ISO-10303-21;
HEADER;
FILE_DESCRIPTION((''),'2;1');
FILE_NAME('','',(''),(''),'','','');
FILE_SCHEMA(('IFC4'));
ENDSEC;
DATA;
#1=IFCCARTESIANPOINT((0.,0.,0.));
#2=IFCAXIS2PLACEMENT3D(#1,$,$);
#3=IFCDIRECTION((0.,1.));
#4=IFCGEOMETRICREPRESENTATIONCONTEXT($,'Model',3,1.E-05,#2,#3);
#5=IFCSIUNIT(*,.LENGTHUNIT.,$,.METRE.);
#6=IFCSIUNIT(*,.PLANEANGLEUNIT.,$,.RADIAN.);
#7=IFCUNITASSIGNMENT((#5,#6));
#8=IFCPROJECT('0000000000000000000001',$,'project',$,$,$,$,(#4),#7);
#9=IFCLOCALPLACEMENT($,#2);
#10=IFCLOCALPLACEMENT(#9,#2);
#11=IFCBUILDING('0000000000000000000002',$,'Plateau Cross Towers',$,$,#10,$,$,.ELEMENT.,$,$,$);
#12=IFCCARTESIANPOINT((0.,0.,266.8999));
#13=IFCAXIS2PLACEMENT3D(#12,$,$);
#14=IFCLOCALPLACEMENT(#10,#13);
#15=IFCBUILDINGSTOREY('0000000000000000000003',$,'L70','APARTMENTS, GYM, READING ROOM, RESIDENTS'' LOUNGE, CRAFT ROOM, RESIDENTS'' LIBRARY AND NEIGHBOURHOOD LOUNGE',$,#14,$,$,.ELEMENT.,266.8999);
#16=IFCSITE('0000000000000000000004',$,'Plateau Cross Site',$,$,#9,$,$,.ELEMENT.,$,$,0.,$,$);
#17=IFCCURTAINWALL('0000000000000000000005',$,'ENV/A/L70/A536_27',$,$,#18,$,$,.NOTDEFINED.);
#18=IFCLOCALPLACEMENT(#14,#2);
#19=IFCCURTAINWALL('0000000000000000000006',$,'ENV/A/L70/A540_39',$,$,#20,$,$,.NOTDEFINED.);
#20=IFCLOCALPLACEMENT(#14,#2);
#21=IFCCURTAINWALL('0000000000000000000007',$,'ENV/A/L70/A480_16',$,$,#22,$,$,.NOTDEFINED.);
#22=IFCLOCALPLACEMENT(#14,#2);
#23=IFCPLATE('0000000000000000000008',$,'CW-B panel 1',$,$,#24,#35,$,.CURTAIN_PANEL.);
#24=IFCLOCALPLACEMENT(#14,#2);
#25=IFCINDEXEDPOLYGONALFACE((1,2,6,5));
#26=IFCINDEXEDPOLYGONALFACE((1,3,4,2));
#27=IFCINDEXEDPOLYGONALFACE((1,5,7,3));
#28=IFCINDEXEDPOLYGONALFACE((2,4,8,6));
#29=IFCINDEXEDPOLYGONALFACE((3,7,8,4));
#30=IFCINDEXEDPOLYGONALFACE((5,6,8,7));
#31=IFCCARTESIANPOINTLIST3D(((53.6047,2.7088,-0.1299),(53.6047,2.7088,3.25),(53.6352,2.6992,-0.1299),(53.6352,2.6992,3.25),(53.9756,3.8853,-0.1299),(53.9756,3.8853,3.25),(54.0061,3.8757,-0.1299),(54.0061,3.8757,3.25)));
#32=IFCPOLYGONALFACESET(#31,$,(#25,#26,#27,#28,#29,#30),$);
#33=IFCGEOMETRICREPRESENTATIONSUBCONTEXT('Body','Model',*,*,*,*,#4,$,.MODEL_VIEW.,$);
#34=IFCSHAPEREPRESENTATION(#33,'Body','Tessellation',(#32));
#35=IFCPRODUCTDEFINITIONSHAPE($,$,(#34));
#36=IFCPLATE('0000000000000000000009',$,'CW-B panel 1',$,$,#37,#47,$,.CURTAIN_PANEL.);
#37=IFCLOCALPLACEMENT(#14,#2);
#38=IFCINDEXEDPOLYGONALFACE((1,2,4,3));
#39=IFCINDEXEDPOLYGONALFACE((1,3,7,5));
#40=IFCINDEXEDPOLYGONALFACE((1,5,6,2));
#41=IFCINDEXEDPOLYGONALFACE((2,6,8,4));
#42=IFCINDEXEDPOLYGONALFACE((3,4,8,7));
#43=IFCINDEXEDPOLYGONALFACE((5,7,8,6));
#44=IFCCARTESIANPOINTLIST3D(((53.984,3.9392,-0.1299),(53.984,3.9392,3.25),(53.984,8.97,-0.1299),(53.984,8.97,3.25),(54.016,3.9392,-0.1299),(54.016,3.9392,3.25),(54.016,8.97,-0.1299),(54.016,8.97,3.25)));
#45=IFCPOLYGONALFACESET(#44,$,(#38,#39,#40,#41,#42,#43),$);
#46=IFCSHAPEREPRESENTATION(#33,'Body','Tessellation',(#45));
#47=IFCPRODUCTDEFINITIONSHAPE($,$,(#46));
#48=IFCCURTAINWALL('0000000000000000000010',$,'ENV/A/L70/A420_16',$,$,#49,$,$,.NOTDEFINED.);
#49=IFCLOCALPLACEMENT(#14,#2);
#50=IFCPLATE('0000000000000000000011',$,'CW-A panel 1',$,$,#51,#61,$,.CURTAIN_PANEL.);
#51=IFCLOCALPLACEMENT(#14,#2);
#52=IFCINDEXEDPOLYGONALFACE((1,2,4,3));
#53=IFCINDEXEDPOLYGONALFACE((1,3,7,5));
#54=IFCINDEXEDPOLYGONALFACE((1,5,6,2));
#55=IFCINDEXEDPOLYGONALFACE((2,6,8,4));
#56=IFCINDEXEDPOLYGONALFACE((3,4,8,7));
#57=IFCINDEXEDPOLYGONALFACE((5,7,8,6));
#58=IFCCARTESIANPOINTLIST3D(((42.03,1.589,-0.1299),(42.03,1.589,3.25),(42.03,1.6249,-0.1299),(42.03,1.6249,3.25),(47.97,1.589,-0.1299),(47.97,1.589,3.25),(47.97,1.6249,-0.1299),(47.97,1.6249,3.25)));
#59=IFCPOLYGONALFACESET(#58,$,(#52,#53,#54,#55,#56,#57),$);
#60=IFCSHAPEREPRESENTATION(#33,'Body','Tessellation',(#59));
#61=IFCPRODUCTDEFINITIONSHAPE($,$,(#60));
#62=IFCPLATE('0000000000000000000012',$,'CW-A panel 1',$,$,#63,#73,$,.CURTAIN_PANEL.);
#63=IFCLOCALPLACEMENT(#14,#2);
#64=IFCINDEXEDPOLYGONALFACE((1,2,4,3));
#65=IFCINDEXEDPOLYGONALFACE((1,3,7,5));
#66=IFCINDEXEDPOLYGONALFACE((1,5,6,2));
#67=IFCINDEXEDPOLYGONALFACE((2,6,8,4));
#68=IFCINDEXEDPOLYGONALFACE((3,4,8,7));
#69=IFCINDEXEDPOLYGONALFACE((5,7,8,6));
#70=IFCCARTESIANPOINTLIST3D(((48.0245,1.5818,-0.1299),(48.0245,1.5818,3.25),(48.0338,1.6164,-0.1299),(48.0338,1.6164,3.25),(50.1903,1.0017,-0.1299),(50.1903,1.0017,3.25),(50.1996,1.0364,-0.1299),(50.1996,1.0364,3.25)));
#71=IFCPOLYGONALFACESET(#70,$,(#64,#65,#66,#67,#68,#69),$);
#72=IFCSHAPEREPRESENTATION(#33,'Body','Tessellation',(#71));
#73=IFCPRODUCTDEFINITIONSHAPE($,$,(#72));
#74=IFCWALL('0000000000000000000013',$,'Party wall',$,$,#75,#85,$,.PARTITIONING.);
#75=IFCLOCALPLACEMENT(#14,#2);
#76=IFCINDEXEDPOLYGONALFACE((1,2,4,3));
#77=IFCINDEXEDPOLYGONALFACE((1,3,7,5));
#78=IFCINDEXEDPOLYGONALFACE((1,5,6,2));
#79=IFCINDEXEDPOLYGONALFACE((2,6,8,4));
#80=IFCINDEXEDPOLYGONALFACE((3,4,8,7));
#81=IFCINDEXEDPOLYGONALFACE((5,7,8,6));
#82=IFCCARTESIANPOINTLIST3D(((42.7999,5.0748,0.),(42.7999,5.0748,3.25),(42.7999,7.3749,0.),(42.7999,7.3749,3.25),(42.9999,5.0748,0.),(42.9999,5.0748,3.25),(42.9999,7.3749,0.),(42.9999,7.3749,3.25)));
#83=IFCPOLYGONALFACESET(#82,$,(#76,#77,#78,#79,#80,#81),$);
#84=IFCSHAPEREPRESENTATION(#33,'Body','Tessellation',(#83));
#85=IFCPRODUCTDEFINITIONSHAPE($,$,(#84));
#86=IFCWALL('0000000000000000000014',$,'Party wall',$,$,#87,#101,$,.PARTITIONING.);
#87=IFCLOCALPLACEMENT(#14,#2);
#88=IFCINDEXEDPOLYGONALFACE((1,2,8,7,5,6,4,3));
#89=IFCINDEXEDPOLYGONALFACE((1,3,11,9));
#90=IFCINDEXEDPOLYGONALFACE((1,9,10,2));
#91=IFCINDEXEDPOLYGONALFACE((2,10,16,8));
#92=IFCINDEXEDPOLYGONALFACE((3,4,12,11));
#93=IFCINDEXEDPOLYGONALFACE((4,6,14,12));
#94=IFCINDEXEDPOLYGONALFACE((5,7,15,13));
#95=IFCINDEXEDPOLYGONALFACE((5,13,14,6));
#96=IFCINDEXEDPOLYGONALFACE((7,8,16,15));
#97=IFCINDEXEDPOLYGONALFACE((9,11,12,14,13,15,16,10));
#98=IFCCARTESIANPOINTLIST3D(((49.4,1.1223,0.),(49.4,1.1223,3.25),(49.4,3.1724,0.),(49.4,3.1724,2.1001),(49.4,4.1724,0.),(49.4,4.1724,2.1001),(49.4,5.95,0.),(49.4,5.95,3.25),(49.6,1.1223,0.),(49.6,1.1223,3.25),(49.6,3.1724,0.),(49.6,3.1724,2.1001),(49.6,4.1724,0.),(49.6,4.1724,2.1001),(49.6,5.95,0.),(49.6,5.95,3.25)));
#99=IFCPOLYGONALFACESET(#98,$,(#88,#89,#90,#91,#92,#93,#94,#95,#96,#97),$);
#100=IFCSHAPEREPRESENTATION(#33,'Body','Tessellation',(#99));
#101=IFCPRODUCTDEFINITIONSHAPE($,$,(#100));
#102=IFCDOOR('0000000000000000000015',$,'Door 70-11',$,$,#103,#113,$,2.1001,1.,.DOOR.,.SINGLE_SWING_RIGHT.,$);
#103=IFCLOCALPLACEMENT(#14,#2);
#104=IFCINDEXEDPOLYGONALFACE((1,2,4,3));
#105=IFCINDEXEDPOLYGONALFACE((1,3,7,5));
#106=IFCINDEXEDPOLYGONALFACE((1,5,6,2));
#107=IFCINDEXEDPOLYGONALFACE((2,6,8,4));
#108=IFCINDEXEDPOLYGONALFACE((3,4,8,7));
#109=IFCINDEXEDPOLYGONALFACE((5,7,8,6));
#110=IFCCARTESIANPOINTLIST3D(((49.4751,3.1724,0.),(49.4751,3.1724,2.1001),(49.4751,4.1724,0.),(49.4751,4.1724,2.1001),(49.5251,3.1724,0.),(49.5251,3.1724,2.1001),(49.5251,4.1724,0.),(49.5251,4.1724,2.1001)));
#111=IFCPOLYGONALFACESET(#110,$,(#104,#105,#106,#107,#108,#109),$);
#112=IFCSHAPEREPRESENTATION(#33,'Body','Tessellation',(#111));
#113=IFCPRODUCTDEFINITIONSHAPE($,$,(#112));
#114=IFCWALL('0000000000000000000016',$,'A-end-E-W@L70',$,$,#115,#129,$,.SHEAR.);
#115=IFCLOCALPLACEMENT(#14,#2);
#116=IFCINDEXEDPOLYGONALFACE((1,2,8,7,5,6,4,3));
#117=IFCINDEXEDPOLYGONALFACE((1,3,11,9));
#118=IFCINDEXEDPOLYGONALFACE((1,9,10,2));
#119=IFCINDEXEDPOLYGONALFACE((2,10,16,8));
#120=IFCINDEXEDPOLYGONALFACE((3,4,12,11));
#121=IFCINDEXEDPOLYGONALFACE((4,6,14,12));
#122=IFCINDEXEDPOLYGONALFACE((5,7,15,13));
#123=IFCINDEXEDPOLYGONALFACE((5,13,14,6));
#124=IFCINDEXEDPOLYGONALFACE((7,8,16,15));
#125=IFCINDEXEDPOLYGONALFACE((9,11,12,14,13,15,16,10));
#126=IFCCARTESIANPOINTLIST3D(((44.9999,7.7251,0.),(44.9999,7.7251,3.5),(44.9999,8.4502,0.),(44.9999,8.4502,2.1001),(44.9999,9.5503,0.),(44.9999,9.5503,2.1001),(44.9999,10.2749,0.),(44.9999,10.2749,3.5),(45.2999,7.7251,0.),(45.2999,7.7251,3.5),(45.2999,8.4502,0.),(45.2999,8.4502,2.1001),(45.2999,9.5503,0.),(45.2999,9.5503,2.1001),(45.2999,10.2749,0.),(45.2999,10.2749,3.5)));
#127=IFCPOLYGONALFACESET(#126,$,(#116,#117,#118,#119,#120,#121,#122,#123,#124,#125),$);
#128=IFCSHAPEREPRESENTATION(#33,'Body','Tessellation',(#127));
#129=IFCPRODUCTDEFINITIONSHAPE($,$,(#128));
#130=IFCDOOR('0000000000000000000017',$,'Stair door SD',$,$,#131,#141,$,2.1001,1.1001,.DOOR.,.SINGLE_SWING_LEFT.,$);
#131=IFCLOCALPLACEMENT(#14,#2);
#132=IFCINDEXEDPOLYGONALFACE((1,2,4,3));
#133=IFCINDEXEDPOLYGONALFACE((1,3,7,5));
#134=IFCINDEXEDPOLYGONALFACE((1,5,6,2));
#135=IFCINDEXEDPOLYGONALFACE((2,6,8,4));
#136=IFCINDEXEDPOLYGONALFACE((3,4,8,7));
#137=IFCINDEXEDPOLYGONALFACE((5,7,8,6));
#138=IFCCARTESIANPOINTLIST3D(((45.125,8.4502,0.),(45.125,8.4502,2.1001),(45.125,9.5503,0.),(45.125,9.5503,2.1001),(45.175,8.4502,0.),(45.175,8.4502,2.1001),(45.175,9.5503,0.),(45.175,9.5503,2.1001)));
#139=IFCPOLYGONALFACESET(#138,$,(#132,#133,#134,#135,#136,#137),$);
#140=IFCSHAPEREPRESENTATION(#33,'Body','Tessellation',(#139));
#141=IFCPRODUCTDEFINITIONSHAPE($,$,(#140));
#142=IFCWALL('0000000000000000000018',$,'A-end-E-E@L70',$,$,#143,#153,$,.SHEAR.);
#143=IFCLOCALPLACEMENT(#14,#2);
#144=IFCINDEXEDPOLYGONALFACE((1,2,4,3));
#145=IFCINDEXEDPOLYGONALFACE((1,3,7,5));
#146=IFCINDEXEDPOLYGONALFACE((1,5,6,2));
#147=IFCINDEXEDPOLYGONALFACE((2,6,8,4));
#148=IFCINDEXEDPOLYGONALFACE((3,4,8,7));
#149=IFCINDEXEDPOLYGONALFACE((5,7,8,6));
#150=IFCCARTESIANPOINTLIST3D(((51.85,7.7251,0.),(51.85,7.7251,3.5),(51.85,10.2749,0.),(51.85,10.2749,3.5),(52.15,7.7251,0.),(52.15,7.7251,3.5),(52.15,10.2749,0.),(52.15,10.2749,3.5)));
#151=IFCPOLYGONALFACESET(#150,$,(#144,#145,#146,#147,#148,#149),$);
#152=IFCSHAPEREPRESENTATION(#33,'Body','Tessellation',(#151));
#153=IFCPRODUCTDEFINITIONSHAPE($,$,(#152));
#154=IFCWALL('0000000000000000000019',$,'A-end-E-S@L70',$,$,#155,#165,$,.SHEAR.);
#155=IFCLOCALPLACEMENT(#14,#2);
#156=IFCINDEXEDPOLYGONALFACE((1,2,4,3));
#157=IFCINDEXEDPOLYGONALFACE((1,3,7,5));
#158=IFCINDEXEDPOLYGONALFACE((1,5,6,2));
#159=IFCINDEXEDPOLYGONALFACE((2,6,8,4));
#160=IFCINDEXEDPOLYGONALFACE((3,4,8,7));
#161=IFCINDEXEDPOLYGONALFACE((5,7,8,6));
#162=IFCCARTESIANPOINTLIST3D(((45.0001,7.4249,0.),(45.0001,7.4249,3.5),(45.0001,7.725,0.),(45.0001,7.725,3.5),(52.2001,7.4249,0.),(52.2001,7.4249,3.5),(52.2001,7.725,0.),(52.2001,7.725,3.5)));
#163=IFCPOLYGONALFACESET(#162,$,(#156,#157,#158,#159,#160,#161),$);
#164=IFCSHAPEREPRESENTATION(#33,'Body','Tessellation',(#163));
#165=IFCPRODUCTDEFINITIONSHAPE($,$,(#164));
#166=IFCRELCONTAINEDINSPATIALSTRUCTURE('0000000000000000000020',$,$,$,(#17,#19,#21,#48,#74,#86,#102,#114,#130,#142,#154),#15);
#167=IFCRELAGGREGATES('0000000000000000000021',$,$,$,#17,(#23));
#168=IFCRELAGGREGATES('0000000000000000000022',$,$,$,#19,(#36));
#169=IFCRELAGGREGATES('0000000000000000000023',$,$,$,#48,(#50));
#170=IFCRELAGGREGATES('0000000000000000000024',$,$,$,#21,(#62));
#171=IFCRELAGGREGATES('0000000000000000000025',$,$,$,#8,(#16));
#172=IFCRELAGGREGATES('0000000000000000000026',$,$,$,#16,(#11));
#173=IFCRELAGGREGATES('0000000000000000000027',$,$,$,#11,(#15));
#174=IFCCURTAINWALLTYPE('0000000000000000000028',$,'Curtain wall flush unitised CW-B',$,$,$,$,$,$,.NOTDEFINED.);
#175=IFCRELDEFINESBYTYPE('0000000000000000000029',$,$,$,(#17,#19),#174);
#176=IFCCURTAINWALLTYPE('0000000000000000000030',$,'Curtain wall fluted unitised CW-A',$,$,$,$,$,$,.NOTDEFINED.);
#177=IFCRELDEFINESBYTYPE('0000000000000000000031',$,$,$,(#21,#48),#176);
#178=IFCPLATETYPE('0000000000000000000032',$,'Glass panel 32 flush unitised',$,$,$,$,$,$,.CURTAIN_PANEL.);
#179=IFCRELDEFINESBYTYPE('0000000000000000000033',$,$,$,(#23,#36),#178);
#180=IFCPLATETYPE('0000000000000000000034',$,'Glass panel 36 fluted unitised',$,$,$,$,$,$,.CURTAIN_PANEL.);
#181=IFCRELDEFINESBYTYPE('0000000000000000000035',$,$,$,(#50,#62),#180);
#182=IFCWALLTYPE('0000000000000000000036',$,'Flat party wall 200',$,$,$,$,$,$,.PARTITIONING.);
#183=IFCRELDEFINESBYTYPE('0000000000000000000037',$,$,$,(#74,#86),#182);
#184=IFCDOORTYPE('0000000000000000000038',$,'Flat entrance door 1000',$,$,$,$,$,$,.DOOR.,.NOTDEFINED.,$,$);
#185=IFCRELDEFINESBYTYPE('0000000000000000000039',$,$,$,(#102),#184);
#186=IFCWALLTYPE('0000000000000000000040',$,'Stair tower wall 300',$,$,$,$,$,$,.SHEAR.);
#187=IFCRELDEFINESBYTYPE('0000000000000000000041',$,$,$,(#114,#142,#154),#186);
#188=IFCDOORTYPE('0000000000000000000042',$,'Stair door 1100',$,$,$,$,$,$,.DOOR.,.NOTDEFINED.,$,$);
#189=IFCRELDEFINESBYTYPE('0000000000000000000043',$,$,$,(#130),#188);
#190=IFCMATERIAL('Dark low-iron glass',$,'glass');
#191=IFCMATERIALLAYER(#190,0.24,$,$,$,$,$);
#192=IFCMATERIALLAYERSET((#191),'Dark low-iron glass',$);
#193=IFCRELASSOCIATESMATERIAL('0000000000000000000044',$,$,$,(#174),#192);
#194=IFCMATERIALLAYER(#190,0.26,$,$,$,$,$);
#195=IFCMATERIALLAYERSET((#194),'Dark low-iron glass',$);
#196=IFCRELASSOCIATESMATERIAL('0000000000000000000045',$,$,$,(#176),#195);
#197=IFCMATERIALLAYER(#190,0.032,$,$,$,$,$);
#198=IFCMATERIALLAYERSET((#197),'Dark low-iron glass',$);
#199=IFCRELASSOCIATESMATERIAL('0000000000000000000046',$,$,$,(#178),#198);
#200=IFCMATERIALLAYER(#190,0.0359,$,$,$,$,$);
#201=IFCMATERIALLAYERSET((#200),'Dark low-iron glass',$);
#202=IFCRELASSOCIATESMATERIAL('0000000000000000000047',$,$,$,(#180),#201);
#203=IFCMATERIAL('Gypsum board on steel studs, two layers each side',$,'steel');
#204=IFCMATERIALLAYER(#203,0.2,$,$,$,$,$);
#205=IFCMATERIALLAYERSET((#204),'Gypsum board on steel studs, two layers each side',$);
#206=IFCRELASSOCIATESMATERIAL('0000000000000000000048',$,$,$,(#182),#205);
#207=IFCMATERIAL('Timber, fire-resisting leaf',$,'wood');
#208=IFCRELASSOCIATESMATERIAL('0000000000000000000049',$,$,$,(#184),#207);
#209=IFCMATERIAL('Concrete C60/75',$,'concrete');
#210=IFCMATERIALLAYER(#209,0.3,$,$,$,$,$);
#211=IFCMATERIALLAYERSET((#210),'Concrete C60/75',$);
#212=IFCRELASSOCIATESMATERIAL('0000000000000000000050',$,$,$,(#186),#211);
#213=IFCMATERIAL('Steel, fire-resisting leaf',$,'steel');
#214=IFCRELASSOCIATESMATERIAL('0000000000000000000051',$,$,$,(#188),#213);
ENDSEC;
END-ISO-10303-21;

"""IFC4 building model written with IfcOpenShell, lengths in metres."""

from ifc_helpers import new_model, si_unit, direction, frame, frame_2d, origin, origin_2d, place, context, subcontext, project, spatial, rectangle, extrude, material, layer, layer_set, type_object, element, fill, aggregate, save


model = new_model("IFC4")

# Units and contexts
model_context = context("Model", 3, precision=1e-05, world=origin(), true_north=direction((0.0, 1.0)))
body_context = subcontext(model_context, "Body", "Model", "MODEL_VIEW")
ifc_project = project(units=[si_unit("LENGTHUNIT", "METRE"), si_unit("PLANEANGLEUNIT", "RADIAN")], contexts=[model_context])

# Site, building, storey
site_placement = place(None, origin())
site = spatial("IfcSite", under=ifc_project, at=site_placement, Name="Plateau Cross Site", CompositionType="ELEMENT", RefElevation=0.0)
building_placement = place(site_placement, origin())
building = spatial("IfcBuilding", under=site, at=building_placement, Name="Plateau Cross Towers", CompositionType="ELEMENT")
storey_placement = place(building_placement, frame((0.0, 0.0, 266.8999)))
storey = spatial("IfcBuildingStorey", under=building, at=storey_placement, Name="L70", Description="APARTMENTS, GYM, READING ROOM, RESIDENTS' LOUNGE, CRAFT ROOM, RESIDENTS' LIBRARY AND NEIGHBOURHOOD LOUNGE", CompositionType="ELEMENT", Elevation=266.8999)

# Shared definitions
ifc_material_1 = material(Name="Concrete C60/75", Category="concrete")

# Shared definitions
ifc_material_2 = material(Name="Dark low-iron glass", Category="glass")
ifc_layer_1 = layer(ifc_material_2, 0.24)
ifc_layer_set_1 = layer_set([ifc_layer_1], Name="Dark low-iron glass")
curtain_wall_type_1 = type_object("IfcCurtainWallType", Name="Curtain wall flush unitised CW-B", PredefinedType="NOTDEFINED", material=ifc_layer_set_1)

# Curtain walls
curtain_wall_1_placement = place(storey_placement, origin())
curtain_wall_1 = element("IfcCurtainWall", 1, at=curtain_wall_1_placement, inside=storey, type_object=curtain_wall_type_1, Name="ENV/A/L70/A536_27", PredefinedType="NOTDEFINED")
curtain_wall_2_placement = place(storey_placement, origin())
curtain_wall_2 = element("IfcCurtainWall", 2, at=curtain_wall_2_placement, inside=storey, type_object=curtain_wall_type_1, Name="ENV/A/L70/A540_39", PredefinedType="NOTDEFINED")
ifc_layer_2 = layer(ifc_material_2, 0.26)
ifc_layer_set_2 = layer_set([ifc_layer_2], Name="Dark low-iron glass")
curtain_wall_type_2 = type_object("IfcCurtainWallType", Name="Curtain wall fluted unitised CW-A", PredefinedType="NOTDEFINED", material=ifc_layer_set_2)
curtain_wall_3_placement = place(storey_placement, origin())
curtain_wall_3 = element("IfcCurtainWall", 3, at=curtain_wall_3_placement, inside=storey, type_object=curtain_wall_type_2, Name="ENV/A/L70/A480_16", PredefinedType="NOTDEFINED")

# Plates
ifc_layer_3 = layer(ifc_material_2, 0.032)
ifc_layer_set_3 = layer_set([ifc_layer_3], Name="Dark low-iron glass")
plate_type_1 = type_object("IfcPlateType", Name="Glass panel 32 flush unitised", PredefinedType="CURTAIN_PANEL", material=ifc_layer_set_3)
plate_1_placement = place(storey_placement, frame((53.8054, 3.2922, -0.1299), z_axis=(0.0, 0.0, 1.0), x_axis=(0.300686, 0.953723, 0.0)))
plate_1 = element("IfcPlate", 4, at=plate_1_placement, type_object=plate_type_1, Name="CW-B panel 1", PredefinedType="CURTAIN_PANEL", context=body_context, shape_type="SweptSolid", body=[
    extrude(rectangle(XDim=1.2336, YDim=0.032, at=origin_2d()), origin(), (0.0, 0.0, 1.0), 3.3799),
])
aggregate(curtain_wall_1, [plate_1])
plate_2_placement = place(storey_placement, frame((54.0, 6.4546, -0.1299), z_axis=(0.0, 0.0, 1.0), x_axis=(0.0, 1.0, 0.0)))
plate_2 = element("IfcPlate", 5, at=plate_2_placement, type_object=plate_type_1, Name="CW-B panel 1", PredefinedType="CURTAIN_PANEL", context=body_context, shape_type="SweptSolid", body=[
    extrude(rectangle(XDim=5.0308, YDim=0.032, at=origin_2d()), origin(), (0.0, 0.0, 1.0), 3.3799),
])
aggregate(curtain_wall_2, [plate_2])

# Curtain wall, plate
curtain_wall_4_placement = place(storey_placement, origin())
curtain_wall_4 = element("IfcCurtainWall", 6, at=curtain_wall_4_placement, inside=storey, type_object=curtain_wall_type_2, Name="ENV/A/L70/A420_16", PredefinedType="NOTDEFINED")
ifc_layer_4 = layer(ifc_material_2, 0.0359)
ifc_layer_set_4 = layer_set([ifc_layer_4], Name="Dark low-iron glass")
plate_type_2 = type_object("IfcPlateType", Name="Glass panel 36 fluted unitised", PredefinedType="CURTAIN_PANEL", material=ifc_layer_set_4)
plate_3_placement = place(storey_placement, frame((45.0, 1.6069, -0.1299), z_axis=(0.0, 0.0, 1.0), x_axis=(1.0, 0.0, 0.0)))
plate_3 = element("IfcPlate", 7, at=plate_3_placement, type_object=plate_type_2, Name="CW-A panel 1", PredefinedType="CURTAIN_PANEL", context=body_context, shape_type="SweptSolid", body=[
    extrude(rectangle(XDim=5.9399, YDim=0.0359, at=origin_2d()), origin(), (0.0, 0.0, 1.0), 3.3799),
])
aggregate(curtain_wall_4, [plate_3])

# Plate
plate_4_placement = place(storey_placement, frame((49.1121, 1.3091, -0.1299), z_axis=(0.0, 0.0, 1.0), x_axis=(0.965958, -0.258699, 0.0)))
plate_4 = element("IfcPlate", 8, at=plate_4_placement, type_object=plate_type_2, Name="CW-A panel 1", PredefinedType="CURTAIN_PANEL", context=body_context, shape_type="SweptSolid", body=[
    extrude(rectangle(XDim=2.2422, YDim=0.0359, at=origin_2d()), origin(), (0.0, 0.0, 1.0), 3.3799),
])
aggregate(curtain_wall_3, [plate_4])

# Wall
ifc_material_3 = material(Name="Gypsum board on steel studs, two layers each side", Category="steel")
ifc_layer_5 = layer(ifc_material_3, 0.2)
ifc_layer_set_5 = layer_set([ifc_layer_5], Name="Gypsum board on steel studs, two layers each side")
wall_type_1 = type_object("IfcWallType", Name="Flat party wall 200", PredefinedType="PARTITIONING", material=ifc_layer_set_5)
wall_1_placement = place(storey_placement, frame((42.8999, 5.075, 0.0), z_axis=(0.0, 0.0, 1.0), x_axis=(0.0, 1.0, 0.0)))
element("IfcWall", 9, at=wall_1_placement, inside=storey, type_object=wall_type_1, Name="Party wall", PredefinedType="PARTITIONING", context=body_context, shape_type="SweptSolid", body=[
    extrude(rectangle(XDim=2.3, YDim=0.2, at=frame_2d((1.1499, 0.0))), origin(), (0.0, 0.0, 1.0), 3.25),
])

# Walls, openings, doors
wall_2_placement = place(storey_placement, frame((49.5, 1.1223, 0.0), z_axis=(0.0, 0.0, 1.0), x_axis=(0.0, 1.0, 0.0)))
wall_2 = element("IfcWall", 10, at=wall_2_placement, inside=storey, type_object=wall_type_1, Name="Party wall", PredefinedType="PARTITIONING", context=body_context, shape_type="SweptSolid", body=[
    extrude(rectangle(XDim=4.8276, YDim=0.2, at=frame_2d((2.4138, 0.0))), origin(), (0.0, 0.0, 1.0), 3.25),
])
opening_1_placement = place(wall_2_placement, frame((2.05, 0.0, 0.0)))
opening_1 = element("IfcOpeningElement", 11, at=opening_1_placement, cuts=wall_2, PredefinedType="OPENING", context=body_context, shape_type="SweptSolid", body=[
    extrude(rectangle(XDim=1.0, YDim=2.1001, at=frame_2d((0.5, 1.05))), frame((0.0, 0.1099, 0.0), z_axis=(0.0, -1.0, 0.0), x_axis=(1.0, 0.0, 0.0)), (0.0, 0.0, 1.0), 0.22),
])
ifc_material_4 = material(Name="Timber, fire-resisting leaf", Category="wood")
door_type_1 = type_object("IfcDoorType", Name="Flat entrance door 1000", OperationType="NOTDEFINED", PredefinedType="DOOR", material=ifc_material_4)
door_1_placement = place(opening_1_placement, origin())
door_1 = element("IfcDoor", 12, at=door_1_placement, inside=storey, type_object=door_type_1, Name="Door 70-11", OperationType="SINGLE_SWING_RIGHT", OverallHeight=2.1001, OverallWidth=1.0, PredefinedType="DOOR", context=body_context, shape_type="SweptSolid", body=[
    extrude(rectangle(XDim=1.0, YDim=2.1001, at=frame_2d((0.5, 1.05))), frame((0.0, 0.0249, 0.0), z_axis=(0.0, -1.0, 0.0), x_axis=(1.0, 0.0, 0.0)), (0.0, 0.0, 1.0), 0.05),
])
fill(opening_1, door_1)
ifc_layer_6 = layer(ifc_material_1, 0.3)
ifc_layer_set_6 = layer_set([ifc_layer_6], Name="Concrete C60/75")
wall_type_2 = type_object("IfcWallType", Name="Stair tower wall 300", PredefinedType="SHEAR", material=ifc_layer_set_6)
wall_3_placement = place(storey_placement, frame((45.1499, 7.7251, 0.0), z_axis=(0.0, 0.0, 1.0), x_axis=(0.0, 1.0, 0.0)))
wall_3 = element("IfcWall", 13, at=wall_3_placement, inside=storey, type_object=wall_type_2, Name="A-end-E-W@L70", PredefinedType="SHEAR", context=body_context, shape_type="SweptSolid", body=[
    extrude(rectangle(XDim=2.5498, YDim=0.3, at=frame_2d((1.2749, 0.0))), origin(), (0.0, 0.0, 1.0), 3.5),
])
opening_2_placement = place(wall_3_placement, frame((0.7251, 0.0, 0.0)))
opening_2 = element("IfcOpeningElement", 14, at=opening_2_placement, cuts=wall_3, PredefinedType="OPENING", context=body_context, shape_type="SweptSolid", body=[
    extrude(rectangle(XDim=1.1001, YDim=2.1001, at=frame_2d((0.55, 1.05))), frame((0.0, 0.1599, 0.0), z_axis=(0.0, -1.0, 0.0), x_axis=(1.0, 0.0, 0.0)), (0.0, 0.0, 1.0), 0.3201),
])
ifc_material_5 = material(Name="Steel, fire-resisting leaf", Category="steel")
door_type_2 = type_object("IfcDoorType", Name="Stair door 1100", OperationType="NOTDEFINED", PredefinedType="DOOR", material=ifc_material_5)
door_2_placement = place(opening_2_placement, origin())
door_2 = element("IfcDoor", 15, at=door_2_placement, inside=storey, type_object=door_type_2, Name="Stair door SD", OperationType="SINGLE_SWING_LEFT", OverallHeight=2.1001, OverallWidth=1.1001, PredefinedType="DOOR", context=body_context, shape_type="SweptSolid", body=[
    extrude(rectangle(XDim=1.1001, YDim=2.1001, at=frame_2d((0.55, 1.05))), frame((0.0, 0.0249, 0.0), z_axis=(0.0, -1.0, 0.0), x_axis=(1.0, 0.0, 0.0)), (0.0, 0.0, 1.0), 0.05),
])
fill(opening_2, door_2)

# Walls
wall_4_placement = place(storey_placement, frame((52.0, 7.7251, 0.0), z_axis=(0.0, 0.0, 1.0), x_axis=(0.0, 1.0, 0.0)))
element("IfcWall", 16, at=wall_4_placement, inside=storey, type_object=wall_type_2, Name="A-end-E-E@L70", PredefinedType="SHEAR", context=body_context, shape_type="SweptSolid", body=[
    extrude(rectangle(XDim=2.5498, YDim=0.3, at=frame_2d((1.2749, 0.0))), origin(), (0.0, 0.0, 1.0), 3.5),
])
wall_5_placement = place(storey_placement, frame((45.0, 7.575, 0.0), z_axis=(0.0, 0.0, 1.0), x_axis=(1.0, 0.0, 0.0)))
element("IfcWall", 17, at=wall_5_placement, inside=storey, type_object=wall_type_2, Name="A-end-E-S@L70", PredefinedType="SHEAR", context=body_context, shape_type="SweptSolid", body=[
    extrude(rectangle(XDim=7.2, YDim=0.3, at=frame_2d((3.6001, 0.0))), origin(), (0.0, 0.0, 1.0), 3.5),
])

save(model, "model.ifc")
